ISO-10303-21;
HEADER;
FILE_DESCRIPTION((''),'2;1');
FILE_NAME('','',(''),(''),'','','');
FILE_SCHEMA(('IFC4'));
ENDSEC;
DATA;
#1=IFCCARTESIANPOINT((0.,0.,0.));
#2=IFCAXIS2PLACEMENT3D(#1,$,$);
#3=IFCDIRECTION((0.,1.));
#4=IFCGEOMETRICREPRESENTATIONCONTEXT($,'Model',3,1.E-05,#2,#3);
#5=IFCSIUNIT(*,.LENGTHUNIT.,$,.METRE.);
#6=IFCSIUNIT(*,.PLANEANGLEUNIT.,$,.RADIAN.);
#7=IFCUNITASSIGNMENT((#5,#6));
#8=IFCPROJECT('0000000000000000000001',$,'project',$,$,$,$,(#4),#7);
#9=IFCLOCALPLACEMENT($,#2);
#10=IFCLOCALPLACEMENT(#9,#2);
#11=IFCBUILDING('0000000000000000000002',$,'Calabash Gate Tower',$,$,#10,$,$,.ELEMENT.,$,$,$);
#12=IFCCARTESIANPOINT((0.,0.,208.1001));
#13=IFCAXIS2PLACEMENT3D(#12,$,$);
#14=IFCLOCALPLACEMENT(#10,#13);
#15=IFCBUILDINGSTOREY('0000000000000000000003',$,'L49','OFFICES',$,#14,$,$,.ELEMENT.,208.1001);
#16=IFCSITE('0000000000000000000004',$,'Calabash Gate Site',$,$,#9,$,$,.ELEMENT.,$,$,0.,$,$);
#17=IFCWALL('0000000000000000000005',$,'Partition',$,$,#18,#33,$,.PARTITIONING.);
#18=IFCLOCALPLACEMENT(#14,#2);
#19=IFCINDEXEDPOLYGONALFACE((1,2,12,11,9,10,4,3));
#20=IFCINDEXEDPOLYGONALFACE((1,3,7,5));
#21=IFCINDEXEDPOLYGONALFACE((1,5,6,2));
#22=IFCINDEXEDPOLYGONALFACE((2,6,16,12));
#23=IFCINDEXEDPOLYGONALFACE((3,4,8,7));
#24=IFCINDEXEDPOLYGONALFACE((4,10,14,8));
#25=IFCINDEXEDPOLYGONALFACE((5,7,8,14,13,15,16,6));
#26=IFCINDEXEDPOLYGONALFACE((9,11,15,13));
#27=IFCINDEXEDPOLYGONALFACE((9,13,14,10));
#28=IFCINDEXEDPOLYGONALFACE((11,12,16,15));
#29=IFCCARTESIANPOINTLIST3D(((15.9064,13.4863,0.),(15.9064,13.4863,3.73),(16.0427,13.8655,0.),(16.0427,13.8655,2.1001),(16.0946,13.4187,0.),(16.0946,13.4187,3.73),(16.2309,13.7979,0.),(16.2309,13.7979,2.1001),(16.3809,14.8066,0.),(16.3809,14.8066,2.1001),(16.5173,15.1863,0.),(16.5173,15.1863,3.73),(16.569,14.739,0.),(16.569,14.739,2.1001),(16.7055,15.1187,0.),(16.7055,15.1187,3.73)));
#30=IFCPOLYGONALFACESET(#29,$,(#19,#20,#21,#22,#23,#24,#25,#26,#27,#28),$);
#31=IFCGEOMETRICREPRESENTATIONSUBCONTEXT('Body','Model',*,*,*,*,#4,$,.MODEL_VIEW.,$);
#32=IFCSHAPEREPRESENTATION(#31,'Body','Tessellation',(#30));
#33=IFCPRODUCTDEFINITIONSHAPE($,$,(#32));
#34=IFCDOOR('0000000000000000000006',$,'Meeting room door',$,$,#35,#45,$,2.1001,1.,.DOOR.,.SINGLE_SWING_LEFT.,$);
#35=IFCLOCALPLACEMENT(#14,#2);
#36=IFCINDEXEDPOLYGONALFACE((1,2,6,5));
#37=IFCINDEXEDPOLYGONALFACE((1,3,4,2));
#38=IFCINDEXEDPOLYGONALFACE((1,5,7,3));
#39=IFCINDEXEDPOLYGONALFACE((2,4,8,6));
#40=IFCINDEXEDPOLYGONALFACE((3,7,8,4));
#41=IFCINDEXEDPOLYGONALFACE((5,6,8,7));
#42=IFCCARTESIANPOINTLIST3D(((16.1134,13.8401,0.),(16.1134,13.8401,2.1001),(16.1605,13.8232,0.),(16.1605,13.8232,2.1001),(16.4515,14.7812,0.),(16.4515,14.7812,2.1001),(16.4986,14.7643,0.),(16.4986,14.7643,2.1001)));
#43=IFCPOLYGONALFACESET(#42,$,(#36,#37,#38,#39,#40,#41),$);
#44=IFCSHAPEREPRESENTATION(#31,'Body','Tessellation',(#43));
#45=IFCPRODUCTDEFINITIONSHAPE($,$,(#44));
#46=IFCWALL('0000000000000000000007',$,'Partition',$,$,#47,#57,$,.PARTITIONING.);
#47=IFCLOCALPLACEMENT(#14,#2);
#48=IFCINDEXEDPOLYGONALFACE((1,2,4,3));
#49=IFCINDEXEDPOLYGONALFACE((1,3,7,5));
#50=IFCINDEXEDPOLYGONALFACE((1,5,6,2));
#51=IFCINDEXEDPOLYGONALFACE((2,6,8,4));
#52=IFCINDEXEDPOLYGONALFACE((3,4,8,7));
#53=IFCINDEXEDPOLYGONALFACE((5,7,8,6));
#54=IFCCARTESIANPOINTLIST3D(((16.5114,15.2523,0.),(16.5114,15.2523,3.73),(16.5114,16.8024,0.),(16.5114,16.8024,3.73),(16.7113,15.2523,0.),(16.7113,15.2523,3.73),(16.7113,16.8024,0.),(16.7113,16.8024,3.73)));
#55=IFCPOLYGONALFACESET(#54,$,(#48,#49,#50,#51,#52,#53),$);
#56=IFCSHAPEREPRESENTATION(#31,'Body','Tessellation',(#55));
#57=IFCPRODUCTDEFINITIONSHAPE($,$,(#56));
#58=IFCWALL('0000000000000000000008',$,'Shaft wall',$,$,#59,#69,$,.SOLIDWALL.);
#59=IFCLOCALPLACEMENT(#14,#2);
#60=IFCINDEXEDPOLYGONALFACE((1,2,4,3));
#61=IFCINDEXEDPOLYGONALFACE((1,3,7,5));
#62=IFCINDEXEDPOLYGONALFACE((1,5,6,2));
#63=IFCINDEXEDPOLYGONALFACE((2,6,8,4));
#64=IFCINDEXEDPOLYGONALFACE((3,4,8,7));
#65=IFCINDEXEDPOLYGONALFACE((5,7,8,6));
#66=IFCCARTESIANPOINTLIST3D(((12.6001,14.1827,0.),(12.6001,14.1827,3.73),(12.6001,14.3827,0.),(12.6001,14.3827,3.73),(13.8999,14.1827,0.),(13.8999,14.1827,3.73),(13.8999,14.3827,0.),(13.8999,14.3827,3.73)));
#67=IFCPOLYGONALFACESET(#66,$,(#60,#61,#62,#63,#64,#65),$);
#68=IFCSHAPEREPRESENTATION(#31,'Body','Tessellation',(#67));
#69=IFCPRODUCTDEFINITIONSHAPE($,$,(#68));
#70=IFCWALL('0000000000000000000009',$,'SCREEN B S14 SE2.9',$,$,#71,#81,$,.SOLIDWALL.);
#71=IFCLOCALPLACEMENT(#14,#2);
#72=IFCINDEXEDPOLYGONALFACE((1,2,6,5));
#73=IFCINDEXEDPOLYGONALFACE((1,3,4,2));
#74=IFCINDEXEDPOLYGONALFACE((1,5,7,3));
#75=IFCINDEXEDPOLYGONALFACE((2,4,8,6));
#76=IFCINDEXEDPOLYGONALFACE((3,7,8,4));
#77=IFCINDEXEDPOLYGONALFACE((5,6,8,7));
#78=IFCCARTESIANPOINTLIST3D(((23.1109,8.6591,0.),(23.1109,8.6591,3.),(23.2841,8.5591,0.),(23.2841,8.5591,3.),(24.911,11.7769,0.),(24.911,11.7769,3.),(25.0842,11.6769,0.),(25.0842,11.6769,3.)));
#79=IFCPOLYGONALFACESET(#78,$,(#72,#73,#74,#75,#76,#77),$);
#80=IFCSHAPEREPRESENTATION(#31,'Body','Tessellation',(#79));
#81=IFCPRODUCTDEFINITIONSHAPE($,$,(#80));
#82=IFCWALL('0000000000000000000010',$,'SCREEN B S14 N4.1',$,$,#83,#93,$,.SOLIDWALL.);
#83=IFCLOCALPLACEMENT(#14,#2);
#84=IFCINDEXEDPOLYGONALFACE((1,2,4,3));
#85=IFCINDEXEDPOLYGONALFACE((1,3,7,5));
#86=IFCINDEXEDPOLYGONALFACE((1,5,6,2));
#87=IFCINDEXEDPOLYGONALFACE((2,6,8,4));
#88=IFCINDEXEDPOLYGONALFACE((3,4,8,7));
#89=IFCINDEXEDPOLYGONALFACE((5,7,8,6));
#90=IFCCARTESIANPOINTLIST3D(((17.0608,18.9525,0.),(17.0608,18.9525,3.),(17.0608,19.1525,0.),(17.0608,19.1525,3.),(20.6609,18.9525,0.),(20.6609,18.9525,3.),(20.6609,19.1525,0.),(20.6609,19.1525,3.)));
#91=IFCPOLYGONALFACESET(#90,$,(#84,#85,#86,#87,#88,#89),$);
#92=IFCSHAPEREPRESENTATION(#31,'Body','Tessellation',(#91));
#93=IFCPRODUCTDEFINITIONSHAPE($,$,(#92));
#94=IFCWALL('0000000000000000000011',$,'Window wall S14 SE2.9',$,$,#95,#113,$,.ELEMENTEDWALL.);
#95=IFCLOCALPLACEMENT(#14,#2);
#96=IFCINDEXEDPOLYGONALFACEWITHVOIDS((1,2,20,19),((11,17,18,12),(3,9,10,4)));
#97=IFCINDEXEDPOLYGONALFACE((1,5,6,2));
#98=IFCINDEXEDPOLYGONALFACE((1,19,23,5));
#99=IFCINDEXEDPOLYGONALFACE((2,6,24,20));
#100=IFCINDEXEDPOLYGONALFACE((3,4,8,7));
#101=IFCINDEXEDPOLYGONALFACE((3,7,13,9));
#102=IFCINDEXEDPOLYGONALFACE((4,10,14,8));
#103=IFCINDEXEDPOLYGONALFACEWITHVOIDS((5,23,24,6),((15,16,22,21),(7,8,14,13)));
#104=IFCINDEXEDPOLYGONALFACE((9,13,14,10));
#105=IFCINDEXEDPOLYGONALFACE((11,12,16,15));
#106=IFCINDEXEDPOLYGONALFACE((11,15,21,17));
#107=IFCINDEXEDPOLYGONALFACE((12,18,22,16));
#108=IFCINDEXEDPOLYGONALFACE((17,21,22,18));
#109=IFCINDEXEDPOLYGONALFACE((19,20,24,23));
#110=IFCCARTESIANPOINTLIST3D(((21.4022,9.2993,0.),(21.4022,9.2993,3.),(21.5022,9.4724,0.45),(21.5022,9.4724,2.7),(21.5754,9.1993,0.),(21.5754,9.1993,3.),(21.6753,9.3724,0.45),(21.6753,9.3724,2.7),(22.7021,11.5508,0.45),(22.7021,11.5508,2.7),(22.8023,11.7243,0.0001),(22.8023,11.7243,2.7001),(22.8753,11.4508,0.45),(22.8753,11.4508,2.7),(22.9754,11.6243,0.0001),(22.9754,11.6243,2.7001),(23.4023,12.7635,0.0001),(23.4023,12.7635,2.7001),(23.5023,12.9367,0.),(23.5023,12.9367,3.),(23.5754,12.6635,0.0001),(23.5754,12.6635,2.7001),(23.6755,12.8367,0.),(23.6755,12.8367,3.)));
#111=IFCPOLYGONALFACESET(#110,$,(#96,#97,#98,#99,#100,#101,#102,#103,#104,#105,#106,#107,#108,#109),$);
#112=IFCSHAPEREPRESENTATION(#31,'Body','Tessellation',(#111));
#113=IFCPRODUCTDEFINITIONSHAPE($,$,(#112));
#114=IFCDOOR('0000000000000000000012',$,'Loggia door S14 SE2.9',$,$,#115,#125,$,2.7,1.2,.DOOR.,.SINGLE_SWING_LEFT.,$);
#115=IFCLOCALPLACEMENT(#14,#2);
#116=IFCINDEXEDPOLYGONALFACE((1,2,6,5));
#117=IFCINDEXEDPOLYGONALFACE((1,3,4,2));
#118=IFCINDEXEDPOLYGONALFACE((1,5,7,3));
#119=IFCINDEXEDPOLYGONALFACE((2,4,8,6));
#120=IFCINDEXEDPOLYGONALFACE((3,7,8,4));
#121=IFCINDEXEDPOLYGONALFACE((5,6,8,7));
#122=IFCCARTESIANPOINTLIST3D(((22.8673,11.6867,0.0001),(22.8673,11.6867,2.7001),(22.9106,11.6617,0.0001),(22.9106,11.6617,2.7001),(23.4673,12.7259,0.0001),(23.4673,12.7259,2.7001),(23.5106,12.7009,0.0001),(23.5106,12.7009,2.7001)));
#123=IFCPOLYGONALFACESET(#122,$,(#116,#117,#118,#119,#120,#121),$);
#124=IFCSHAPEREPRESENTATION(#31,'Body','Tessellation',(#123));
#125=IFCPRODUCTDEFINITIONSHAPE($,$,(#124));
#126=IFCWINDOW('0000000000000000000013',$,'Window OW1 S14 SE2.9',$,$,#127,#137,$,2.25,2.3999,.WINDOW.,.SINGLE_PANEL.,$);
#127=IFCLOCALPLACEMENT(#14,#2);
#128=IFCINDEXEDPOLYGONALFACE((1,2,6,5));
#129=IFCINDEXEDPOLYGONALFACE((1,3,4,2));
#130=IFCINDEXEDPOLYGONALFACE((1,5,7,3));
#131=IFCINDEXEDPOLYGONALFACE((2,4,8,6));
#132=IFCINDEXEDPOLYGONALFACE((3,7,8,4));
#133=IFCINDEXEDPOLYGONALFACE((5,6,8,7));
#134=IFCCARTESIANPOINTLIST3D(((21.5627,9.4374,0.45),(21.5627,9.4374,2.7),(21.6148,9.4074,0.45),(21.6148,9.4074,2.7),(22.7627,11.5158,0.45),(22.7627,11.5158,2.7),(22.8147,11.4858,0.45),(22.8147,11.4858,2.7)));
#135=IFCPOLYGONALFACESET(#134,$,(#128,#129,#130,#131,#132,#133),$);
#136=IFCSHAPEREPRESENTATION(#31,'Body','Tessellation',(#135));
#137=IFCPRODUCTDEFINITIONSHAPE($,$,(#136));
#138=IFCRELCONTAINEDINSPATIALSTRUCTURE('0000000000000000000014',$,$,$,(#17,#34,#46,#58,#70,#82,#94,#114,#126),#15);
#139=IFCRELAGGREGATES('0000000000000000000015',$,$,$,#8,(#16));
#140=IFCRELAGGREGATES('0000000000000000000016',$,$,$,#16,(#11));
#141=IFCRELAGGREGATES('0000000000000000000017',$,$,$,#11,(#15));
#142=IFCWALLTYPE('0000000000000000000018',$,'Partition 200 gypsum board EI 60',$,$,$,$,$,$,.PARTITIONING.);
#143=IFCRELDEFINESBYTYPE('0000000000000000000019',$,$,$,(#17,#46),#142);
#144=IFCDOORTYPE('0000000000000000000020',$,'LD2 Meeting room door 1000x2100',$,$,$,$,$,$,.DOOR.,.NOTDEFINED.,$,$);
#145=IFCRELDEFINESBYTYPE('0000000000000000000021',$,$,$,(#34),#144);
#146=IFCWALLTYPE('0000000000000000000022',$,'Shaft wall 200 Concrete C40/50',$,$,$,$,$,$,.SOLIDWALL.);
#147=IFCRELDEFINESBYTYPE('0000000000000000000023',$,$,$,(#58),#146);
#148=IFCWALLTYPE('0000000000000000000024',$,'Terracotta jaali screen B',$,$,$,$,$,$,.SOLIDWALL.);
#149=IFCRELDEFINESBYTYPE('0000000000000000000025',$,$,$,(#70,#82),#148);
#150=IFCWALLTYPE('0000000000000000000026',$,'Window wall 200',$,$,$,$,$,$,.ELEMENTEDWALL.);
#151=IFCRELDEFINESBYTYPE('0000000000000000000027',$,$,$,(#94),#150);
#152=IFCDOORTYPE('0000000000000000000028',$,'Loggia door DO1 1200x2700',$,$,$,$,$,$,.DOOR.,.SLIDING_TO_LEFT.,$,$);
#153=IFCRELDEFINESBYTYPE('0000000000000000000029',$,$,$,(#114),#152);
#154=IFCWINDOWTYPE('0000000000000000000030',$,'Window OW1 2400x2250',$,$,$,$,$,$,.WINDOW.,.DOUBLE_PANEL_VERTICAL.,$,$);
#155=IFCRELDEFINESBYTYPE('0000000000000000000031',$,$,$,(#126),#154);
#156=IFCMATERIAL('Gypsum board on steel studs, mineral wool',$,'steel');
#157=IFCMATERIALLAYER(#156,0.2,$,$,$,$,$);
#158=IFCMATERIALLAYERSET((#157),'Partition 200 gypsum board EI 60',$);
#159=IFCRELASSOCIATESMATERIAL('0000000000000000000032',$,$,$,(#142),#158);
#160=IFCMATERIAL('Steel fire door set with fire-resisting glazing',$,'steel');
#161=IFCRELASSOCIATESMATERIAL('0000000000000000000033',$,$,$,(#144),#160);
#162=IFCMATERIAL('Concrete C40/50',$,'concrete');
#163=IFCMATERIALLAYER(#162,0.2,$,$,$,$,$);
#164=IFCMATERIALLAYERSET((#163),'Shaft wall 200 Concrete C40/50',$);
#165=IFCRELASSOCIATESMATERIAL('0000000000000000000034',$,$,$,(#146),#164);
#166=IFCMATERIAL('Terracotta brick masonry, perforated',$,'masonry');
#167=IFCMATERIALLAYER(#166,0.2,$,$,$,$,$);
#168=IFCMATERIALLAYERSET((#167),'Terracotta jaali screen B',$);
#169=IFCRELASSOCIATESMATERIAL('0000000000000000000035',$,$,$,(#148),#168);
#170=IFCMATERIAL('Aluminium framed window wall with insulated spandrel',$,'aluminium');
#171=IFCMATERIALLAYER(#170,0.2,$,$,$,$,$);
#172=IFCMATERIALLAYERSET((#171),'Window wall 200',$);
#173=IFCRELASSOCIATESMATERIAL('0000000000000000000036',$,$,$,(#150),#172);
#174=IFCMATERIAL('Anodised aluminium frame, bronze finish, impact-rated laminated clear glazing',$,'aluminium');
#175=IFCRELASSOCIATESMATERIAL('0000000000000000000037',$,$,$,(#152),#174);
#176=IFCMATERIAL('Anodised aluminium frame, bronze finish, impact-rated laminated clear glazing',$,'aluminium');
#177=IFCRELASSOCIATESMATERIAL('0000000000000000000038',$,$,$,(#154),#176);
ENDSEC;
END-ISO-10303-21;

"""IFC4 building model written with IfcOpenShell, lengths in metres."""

from ifc_helpers import new_model, si_unit, direction, frame, frame_2d, origin, place, context, subcontext, project, spatial, rectangle, extrude, material, layer, layer_set, type_object, element, fill, save


model = new_model("IFC4")

# Units and contexts
model_context = context("Model", 3, precision=1e-05, world=origin(), true_north=direction((0.0, 1.0)))
body_context = subcontext(model_context, "Body", "Model", "MODEL_VIEW")
ifc_project = project(units=[si_unit("LENGTHUNIT", "METRE"), si_unit("PLANEANGLEUNIT", "RADIAN")], contexts=[model_context])

# Site, building, storey
site_placement = place(None, origin())
site = spatial("IfcSite", under=ifc_project, at=site_placement, Name="Calabash Gate Site", CompositionType="ELEMENT", RefElevation=0.0)
building_placement = place(site_placement, origin())
building = spatial("IfcBuilding", under=site, at=building_placement, Name="Calabash Gate Tower", CompositionType="ELEMENT")
storey_placement = place(building_placement, frame((0.0, 0.0, 208.1001)))
storey = spatial("IfcBuildingStorey", under=building, at=storey_placement, Name="L49", Description="OFFICES", CompositionType="ELEMENT", Elevation=208.1001)

# Shared definitions
ifc_material_1 = material(Name="Gypsum board on steel studs, mineral wool", Category="steel")
ifc_layer_1 = layer(ifc_material_1, 0.2)
ifc_layer_set_1 = layer_set([ifc_layer_1], Name="Partition 200 gypsum board EI 60")
wall_type_1 = type_object("IfcWallType", Name="Partition 200 gypsum board EI 60", PredefinedType="PARTITIONING", material=ifc_layer_set_1)

# Wall, opening, door
wall_1_placement = place(storey_placement, frame((16.0005, 13.4524, 0.0), z_axis=(0.0, 0.0, 1.0), x_axis=(0.338159, 0.941089, 0.0)))
wall_1 = element("IfcWall", 1, at=wall_1_placement, inside=storey, type_object=wall_type_1, Name="Partition", PredefinedType="PARTITIONING", context=body_context, shape_type="SweptSolid", body=[
    extrude(rectangle(XDim=1.8064, YDim=0.2, at=frame_2d((0.9033, 0.0))), origin(), (0.0, 0.0, 1.0), 3.73),
])
opening_1_placement = place(wall_1_placement, frame((0.4031, 0.0, 0.0)))
opening_1 = element("IfcOpeningElement", 2, at=opening_1_placement, cuts=wall_1, PredefinedType="OPENING", context=body_context, shape_type="SweptSolid", body=[
    extrude(rectangle(XDim=1.0, YDim=2.1001, at=frame_2d((0.5, 1.05))), frame((0.0, 0.1099, 0.0), z_axis=(0.0, -1.0, 0.0), x_axis=(1.0, 0.0, 0.0)), (0.0, 0.0, 1.0), 0.22),
])
ifc_material_2 = material(Name="Steel fire door set with fire-resisting glazing", Category="steel")
door_type_1 = type_object("IfcDoorType", Name="LD2 Meeting room door 1000x2100", OperationType="NOTDEFINED", PredefinedType="DOOR", material=ifc_material_2)
door_1_placement = place(opening_1_placement, origin())
door_1 = element("IfcDoor", 3, at=door_1_placement, inside=storey, type_object=door_type_1, Name="Meeting room door", OperationType="SINGLE_SWING_LEFT", OverallHeight=2.1001, OverallWidth=1.0, PredefinedType="DOOR", context=body_context, shape_type="SweptSolid", body=[
    extrude(rectangle(XDim=1.0, YDim=2.1001, at=frame_2d((0.5, 1.05))), frame((0.0, 0.0249, 0.0), z_axis=(0.0, -1.0, 0.0), x_axis=(1.0, 0.0, 0.0)), (0.0, 0.0, 1.0), 0.05),
])
fill(opening_1, door_1)

# Walls
wall_2_placement = place(storey_placement, frame((16.6113, 15.2524, 0.0), z_axis=(0.0, 0.0, 1.0), x_axis=(0.0, 1.0, 0.0)))
element("IfcWall", 4, at=wall_2_placement, inside=storey, type_object=wall_type_1, Name="Partition", PredefinedType="PARTITIONING", context=body_context, shape_type="SweptSolid", body=[
    extrude(rectangle(XDim=1.55, YDim=0.2, at=frame_2d((0.7749, 0.0))), origin(), (0.0, 0.0, 1.0), 3.73),
])
ifc_material_3 = material(Name="Concrete C40/50", Category="concrete")
ifc_layer_2 = layer(ifc_material_3, 0.2)
ifc_layer_set_2 = layer_set([ifc_layer_2], Name="Shaft wall 200 Concrete C40/50")
wall_type_2 = type_object("IfcWallType", Name="Shaft wall 200 Concrete C40/50", PredefinedType="SOLIDWALL", material=ifc_layer_set_2)
wall_3_placement = place(storey_placement, frame((12.6001, 14.2827, 0.0), z_axis=(0.0, 0.0, 1.0), x_axis=(1.0, 0.0, 0.0)))
element("IfcWall", 5, at=wall_3_placement, inside=storey, type_object=wall_type_2, Name="Shaft wall", PredefinedType="SOLIDWALL", context=body_context, shape_type="SweptSolid", body=[
    extrude(rectangle(XDim=1.2998, YDim=0.2, at=frame_2d((0.6499, 0.0))), origin(), (0.0, 0.0, 1.0), 3.73),
])
ifc_material_4 = material(Name="Terracotta brick masonry, perforated", Category="masonry")
ifc_layer_3 = layer(ifc_material_4, 0.2)
ifc_layer_set_3 = layer_set([ifc_layer_3], Name="Terracotta jaali screen B")
wall_type_3 = type_object("IfcWallType", Name="Terracotta jaali screen B", PredefinedType="SOLIDWALL", material=ifc_layer_set_3)
for number, where, z_axis, x_axis, name in (
    (6, (23.1975, 8.6091, 0.0), (0.0, 0.0, 1.0), (0.500012, 0.866018, 0.0), "SCREEN B S14 SE2.9"),
    (7, (20.6609, 19.0525, 0.0), (0.0, 0.0, 1.0), (-1.0, 0.0, 0.0), "SCREEN B S14 N4.1"),
):
    element("IfcWall", number, at=place(storey_placement, frame(where, z_axis=z_axis, x_axis=x_axis)), inside=storey, type_object=wall_type_3, Name=name, PredefinedType="SOLIDWALL", context=body_context, shape_type="SweptSolid", body=[
        extrude(rectangle(XDim=3.6001, YDim=0.2, at=frame_2d((1.8, 0.0))), origin(), (0.0, 0.0, 1.0), 3.0),
    ])

# Wall, openings, door, window
ifc_material_5 = material(Name="Aluminium framed window wall with insulated spandrel", Category="aluminium")
ifc_layer_4 = layer(ifc_material_5, 0.2)
ifc_layer_set_4 = layer_set([ifc_layer_4], Name="Window wall 200")
wall_type_4 = type_object("IfcWallType", Name="Window wall 200", PredefinedType="ELEMENTEDWALL", material=ifc_layer_set_4)
wall_4_placement = place(storey_placement, frame((21.4888, 9.2493, 0.0), z_axis=(0.0, 0.0, 1.0), x_axis=(0.500003, 0.866024, 0.0)))
wall_4 = element("IfcWall", 8, at=wall_4_placement, inside=storey, type_object=wall_type_4, Name="Window wall S14 SE2.9", PredefinedType="ELEMENTEDWALL", context=body_context, shape_type="SweptSolid", body=[
    extrude(rectangle(XDim=4.2002, YDim=0.2, at=frame_2d((2.1001, 0.0))), origin(), (0.0, 0.0, 1.0), 3.0),
])
opening_2_placement = place(wall_4_placement, frame((0.2, 0.0, 0.45)))
opening_2 = element("IfcOpeningElement", 9, at=opening_2_placement, cuts=wall_4, PredefinedType="OPENING", context=body_context, shape_type="SweptSolid", body=[
    extrude(rectangle(XDim=2.3999, YDim=2.25, at=frame_2d((1.2, 1.125))), frame((0.0, 0.1099, 0.0), z_axis=(0.0, -1.0, 0.0), x_axis=(1.0, 0.0, 0.0)), (0.0, 0.0, 1.0), 0.22),
])
opening_3_placement = place(wall_4_placement, frame((2.8, 0.0, 0.0)))
opening_3 = element("IfcOpeningElement", 10, at=opening_3_placement, cuts=wall_4, PredefinedType="OPENING", context=body_context, shape_type="SweptSolid", body=[
    extrude(rectangle(XDim=1.2, YDim=2.7, at=frame_2d((0.6001, 1.3501))), frame((0.0, 0.1099, 0.0), z_axis=(0.0, -1.0, 0.0), x_axis=(1.0, 0.0, 0.0)), (0.0, 0.0, 1.0), 0.22),
])
ifc_material_6 = material(Name="Anodised aluminium frame, bronze finish, impact-rated laminated clear glazing", Category="aluminium")
door_type_2 = type_object("IfcDoorType", Name="Loggia door DO1 1200x2700", OperationType="SLIDING_TO_LEFT", PredefinedType="DOOR", material=ifc_material_6)
door_2_placement = place(opening_3_placement, origin())
door_2 = element("IfcDoor", 11, at=door_2_placement, inside=storey, type_object=door_type_2, Name="Loggia door S14 SE2.9", OperationType="SINGLE_SWING_LEFT", OverallHeight=2.7, OverallWidth=1.2, PredefinedType="DOOR", context=body_context, shape_type="SweptSolid", body=[
    extrude(rectangle(XDim=1.2, YDim=2.7, at=frame_2d((0.6001, 1.3501))), frame((0.0, 0.0249, 0.0), z_axis=(0.0, -1.0, 0.0), x_axis=(1.0, 0.0, 0.0)), (0.0, 0.0, 1.0), 0.05),
])
fill(opening_3, door_2)
ifc_material_7 = material(Name="Anodised aluminium frame, bronze finish, impact-rated laminated clear glazing", Category="aluminium")
window_type = type_object("IfcWindowType", Name="Window OW1 2400x2250", PartitioningType="DOUBLE_PANEL_VERTICAL", PredefinedType="WINDOW", material=ifc_material_7)
window_1_placement = place(opening_2_placement, origin())
window_1 = element("IfcWindow", 12, at=window_1_placement, inside=storey, type_object=window_type, Name="Window OW1 S14 SE2.9", OverallHeight=2.25, OverallWidth=2.3999, PartitioningType="SINGLE_PANEL", PredefinedType="WINDOW", context=body_context, shape_type="SweptSolid", body=[
    extrude(rectangle(XDim=2.3999, YDim=2.25, at=frame_2d((1.2, 1.125))), frame((0.0, 0.03, 0.0), z_axis=(0.0, -1.0, 0.0), x_axis=(1.0, 0.0, 0.0)), (0.0, 0.0, 1.0), 0.0601),
])
fill(opening_2, window_1)

save(model, "model.ifc")
